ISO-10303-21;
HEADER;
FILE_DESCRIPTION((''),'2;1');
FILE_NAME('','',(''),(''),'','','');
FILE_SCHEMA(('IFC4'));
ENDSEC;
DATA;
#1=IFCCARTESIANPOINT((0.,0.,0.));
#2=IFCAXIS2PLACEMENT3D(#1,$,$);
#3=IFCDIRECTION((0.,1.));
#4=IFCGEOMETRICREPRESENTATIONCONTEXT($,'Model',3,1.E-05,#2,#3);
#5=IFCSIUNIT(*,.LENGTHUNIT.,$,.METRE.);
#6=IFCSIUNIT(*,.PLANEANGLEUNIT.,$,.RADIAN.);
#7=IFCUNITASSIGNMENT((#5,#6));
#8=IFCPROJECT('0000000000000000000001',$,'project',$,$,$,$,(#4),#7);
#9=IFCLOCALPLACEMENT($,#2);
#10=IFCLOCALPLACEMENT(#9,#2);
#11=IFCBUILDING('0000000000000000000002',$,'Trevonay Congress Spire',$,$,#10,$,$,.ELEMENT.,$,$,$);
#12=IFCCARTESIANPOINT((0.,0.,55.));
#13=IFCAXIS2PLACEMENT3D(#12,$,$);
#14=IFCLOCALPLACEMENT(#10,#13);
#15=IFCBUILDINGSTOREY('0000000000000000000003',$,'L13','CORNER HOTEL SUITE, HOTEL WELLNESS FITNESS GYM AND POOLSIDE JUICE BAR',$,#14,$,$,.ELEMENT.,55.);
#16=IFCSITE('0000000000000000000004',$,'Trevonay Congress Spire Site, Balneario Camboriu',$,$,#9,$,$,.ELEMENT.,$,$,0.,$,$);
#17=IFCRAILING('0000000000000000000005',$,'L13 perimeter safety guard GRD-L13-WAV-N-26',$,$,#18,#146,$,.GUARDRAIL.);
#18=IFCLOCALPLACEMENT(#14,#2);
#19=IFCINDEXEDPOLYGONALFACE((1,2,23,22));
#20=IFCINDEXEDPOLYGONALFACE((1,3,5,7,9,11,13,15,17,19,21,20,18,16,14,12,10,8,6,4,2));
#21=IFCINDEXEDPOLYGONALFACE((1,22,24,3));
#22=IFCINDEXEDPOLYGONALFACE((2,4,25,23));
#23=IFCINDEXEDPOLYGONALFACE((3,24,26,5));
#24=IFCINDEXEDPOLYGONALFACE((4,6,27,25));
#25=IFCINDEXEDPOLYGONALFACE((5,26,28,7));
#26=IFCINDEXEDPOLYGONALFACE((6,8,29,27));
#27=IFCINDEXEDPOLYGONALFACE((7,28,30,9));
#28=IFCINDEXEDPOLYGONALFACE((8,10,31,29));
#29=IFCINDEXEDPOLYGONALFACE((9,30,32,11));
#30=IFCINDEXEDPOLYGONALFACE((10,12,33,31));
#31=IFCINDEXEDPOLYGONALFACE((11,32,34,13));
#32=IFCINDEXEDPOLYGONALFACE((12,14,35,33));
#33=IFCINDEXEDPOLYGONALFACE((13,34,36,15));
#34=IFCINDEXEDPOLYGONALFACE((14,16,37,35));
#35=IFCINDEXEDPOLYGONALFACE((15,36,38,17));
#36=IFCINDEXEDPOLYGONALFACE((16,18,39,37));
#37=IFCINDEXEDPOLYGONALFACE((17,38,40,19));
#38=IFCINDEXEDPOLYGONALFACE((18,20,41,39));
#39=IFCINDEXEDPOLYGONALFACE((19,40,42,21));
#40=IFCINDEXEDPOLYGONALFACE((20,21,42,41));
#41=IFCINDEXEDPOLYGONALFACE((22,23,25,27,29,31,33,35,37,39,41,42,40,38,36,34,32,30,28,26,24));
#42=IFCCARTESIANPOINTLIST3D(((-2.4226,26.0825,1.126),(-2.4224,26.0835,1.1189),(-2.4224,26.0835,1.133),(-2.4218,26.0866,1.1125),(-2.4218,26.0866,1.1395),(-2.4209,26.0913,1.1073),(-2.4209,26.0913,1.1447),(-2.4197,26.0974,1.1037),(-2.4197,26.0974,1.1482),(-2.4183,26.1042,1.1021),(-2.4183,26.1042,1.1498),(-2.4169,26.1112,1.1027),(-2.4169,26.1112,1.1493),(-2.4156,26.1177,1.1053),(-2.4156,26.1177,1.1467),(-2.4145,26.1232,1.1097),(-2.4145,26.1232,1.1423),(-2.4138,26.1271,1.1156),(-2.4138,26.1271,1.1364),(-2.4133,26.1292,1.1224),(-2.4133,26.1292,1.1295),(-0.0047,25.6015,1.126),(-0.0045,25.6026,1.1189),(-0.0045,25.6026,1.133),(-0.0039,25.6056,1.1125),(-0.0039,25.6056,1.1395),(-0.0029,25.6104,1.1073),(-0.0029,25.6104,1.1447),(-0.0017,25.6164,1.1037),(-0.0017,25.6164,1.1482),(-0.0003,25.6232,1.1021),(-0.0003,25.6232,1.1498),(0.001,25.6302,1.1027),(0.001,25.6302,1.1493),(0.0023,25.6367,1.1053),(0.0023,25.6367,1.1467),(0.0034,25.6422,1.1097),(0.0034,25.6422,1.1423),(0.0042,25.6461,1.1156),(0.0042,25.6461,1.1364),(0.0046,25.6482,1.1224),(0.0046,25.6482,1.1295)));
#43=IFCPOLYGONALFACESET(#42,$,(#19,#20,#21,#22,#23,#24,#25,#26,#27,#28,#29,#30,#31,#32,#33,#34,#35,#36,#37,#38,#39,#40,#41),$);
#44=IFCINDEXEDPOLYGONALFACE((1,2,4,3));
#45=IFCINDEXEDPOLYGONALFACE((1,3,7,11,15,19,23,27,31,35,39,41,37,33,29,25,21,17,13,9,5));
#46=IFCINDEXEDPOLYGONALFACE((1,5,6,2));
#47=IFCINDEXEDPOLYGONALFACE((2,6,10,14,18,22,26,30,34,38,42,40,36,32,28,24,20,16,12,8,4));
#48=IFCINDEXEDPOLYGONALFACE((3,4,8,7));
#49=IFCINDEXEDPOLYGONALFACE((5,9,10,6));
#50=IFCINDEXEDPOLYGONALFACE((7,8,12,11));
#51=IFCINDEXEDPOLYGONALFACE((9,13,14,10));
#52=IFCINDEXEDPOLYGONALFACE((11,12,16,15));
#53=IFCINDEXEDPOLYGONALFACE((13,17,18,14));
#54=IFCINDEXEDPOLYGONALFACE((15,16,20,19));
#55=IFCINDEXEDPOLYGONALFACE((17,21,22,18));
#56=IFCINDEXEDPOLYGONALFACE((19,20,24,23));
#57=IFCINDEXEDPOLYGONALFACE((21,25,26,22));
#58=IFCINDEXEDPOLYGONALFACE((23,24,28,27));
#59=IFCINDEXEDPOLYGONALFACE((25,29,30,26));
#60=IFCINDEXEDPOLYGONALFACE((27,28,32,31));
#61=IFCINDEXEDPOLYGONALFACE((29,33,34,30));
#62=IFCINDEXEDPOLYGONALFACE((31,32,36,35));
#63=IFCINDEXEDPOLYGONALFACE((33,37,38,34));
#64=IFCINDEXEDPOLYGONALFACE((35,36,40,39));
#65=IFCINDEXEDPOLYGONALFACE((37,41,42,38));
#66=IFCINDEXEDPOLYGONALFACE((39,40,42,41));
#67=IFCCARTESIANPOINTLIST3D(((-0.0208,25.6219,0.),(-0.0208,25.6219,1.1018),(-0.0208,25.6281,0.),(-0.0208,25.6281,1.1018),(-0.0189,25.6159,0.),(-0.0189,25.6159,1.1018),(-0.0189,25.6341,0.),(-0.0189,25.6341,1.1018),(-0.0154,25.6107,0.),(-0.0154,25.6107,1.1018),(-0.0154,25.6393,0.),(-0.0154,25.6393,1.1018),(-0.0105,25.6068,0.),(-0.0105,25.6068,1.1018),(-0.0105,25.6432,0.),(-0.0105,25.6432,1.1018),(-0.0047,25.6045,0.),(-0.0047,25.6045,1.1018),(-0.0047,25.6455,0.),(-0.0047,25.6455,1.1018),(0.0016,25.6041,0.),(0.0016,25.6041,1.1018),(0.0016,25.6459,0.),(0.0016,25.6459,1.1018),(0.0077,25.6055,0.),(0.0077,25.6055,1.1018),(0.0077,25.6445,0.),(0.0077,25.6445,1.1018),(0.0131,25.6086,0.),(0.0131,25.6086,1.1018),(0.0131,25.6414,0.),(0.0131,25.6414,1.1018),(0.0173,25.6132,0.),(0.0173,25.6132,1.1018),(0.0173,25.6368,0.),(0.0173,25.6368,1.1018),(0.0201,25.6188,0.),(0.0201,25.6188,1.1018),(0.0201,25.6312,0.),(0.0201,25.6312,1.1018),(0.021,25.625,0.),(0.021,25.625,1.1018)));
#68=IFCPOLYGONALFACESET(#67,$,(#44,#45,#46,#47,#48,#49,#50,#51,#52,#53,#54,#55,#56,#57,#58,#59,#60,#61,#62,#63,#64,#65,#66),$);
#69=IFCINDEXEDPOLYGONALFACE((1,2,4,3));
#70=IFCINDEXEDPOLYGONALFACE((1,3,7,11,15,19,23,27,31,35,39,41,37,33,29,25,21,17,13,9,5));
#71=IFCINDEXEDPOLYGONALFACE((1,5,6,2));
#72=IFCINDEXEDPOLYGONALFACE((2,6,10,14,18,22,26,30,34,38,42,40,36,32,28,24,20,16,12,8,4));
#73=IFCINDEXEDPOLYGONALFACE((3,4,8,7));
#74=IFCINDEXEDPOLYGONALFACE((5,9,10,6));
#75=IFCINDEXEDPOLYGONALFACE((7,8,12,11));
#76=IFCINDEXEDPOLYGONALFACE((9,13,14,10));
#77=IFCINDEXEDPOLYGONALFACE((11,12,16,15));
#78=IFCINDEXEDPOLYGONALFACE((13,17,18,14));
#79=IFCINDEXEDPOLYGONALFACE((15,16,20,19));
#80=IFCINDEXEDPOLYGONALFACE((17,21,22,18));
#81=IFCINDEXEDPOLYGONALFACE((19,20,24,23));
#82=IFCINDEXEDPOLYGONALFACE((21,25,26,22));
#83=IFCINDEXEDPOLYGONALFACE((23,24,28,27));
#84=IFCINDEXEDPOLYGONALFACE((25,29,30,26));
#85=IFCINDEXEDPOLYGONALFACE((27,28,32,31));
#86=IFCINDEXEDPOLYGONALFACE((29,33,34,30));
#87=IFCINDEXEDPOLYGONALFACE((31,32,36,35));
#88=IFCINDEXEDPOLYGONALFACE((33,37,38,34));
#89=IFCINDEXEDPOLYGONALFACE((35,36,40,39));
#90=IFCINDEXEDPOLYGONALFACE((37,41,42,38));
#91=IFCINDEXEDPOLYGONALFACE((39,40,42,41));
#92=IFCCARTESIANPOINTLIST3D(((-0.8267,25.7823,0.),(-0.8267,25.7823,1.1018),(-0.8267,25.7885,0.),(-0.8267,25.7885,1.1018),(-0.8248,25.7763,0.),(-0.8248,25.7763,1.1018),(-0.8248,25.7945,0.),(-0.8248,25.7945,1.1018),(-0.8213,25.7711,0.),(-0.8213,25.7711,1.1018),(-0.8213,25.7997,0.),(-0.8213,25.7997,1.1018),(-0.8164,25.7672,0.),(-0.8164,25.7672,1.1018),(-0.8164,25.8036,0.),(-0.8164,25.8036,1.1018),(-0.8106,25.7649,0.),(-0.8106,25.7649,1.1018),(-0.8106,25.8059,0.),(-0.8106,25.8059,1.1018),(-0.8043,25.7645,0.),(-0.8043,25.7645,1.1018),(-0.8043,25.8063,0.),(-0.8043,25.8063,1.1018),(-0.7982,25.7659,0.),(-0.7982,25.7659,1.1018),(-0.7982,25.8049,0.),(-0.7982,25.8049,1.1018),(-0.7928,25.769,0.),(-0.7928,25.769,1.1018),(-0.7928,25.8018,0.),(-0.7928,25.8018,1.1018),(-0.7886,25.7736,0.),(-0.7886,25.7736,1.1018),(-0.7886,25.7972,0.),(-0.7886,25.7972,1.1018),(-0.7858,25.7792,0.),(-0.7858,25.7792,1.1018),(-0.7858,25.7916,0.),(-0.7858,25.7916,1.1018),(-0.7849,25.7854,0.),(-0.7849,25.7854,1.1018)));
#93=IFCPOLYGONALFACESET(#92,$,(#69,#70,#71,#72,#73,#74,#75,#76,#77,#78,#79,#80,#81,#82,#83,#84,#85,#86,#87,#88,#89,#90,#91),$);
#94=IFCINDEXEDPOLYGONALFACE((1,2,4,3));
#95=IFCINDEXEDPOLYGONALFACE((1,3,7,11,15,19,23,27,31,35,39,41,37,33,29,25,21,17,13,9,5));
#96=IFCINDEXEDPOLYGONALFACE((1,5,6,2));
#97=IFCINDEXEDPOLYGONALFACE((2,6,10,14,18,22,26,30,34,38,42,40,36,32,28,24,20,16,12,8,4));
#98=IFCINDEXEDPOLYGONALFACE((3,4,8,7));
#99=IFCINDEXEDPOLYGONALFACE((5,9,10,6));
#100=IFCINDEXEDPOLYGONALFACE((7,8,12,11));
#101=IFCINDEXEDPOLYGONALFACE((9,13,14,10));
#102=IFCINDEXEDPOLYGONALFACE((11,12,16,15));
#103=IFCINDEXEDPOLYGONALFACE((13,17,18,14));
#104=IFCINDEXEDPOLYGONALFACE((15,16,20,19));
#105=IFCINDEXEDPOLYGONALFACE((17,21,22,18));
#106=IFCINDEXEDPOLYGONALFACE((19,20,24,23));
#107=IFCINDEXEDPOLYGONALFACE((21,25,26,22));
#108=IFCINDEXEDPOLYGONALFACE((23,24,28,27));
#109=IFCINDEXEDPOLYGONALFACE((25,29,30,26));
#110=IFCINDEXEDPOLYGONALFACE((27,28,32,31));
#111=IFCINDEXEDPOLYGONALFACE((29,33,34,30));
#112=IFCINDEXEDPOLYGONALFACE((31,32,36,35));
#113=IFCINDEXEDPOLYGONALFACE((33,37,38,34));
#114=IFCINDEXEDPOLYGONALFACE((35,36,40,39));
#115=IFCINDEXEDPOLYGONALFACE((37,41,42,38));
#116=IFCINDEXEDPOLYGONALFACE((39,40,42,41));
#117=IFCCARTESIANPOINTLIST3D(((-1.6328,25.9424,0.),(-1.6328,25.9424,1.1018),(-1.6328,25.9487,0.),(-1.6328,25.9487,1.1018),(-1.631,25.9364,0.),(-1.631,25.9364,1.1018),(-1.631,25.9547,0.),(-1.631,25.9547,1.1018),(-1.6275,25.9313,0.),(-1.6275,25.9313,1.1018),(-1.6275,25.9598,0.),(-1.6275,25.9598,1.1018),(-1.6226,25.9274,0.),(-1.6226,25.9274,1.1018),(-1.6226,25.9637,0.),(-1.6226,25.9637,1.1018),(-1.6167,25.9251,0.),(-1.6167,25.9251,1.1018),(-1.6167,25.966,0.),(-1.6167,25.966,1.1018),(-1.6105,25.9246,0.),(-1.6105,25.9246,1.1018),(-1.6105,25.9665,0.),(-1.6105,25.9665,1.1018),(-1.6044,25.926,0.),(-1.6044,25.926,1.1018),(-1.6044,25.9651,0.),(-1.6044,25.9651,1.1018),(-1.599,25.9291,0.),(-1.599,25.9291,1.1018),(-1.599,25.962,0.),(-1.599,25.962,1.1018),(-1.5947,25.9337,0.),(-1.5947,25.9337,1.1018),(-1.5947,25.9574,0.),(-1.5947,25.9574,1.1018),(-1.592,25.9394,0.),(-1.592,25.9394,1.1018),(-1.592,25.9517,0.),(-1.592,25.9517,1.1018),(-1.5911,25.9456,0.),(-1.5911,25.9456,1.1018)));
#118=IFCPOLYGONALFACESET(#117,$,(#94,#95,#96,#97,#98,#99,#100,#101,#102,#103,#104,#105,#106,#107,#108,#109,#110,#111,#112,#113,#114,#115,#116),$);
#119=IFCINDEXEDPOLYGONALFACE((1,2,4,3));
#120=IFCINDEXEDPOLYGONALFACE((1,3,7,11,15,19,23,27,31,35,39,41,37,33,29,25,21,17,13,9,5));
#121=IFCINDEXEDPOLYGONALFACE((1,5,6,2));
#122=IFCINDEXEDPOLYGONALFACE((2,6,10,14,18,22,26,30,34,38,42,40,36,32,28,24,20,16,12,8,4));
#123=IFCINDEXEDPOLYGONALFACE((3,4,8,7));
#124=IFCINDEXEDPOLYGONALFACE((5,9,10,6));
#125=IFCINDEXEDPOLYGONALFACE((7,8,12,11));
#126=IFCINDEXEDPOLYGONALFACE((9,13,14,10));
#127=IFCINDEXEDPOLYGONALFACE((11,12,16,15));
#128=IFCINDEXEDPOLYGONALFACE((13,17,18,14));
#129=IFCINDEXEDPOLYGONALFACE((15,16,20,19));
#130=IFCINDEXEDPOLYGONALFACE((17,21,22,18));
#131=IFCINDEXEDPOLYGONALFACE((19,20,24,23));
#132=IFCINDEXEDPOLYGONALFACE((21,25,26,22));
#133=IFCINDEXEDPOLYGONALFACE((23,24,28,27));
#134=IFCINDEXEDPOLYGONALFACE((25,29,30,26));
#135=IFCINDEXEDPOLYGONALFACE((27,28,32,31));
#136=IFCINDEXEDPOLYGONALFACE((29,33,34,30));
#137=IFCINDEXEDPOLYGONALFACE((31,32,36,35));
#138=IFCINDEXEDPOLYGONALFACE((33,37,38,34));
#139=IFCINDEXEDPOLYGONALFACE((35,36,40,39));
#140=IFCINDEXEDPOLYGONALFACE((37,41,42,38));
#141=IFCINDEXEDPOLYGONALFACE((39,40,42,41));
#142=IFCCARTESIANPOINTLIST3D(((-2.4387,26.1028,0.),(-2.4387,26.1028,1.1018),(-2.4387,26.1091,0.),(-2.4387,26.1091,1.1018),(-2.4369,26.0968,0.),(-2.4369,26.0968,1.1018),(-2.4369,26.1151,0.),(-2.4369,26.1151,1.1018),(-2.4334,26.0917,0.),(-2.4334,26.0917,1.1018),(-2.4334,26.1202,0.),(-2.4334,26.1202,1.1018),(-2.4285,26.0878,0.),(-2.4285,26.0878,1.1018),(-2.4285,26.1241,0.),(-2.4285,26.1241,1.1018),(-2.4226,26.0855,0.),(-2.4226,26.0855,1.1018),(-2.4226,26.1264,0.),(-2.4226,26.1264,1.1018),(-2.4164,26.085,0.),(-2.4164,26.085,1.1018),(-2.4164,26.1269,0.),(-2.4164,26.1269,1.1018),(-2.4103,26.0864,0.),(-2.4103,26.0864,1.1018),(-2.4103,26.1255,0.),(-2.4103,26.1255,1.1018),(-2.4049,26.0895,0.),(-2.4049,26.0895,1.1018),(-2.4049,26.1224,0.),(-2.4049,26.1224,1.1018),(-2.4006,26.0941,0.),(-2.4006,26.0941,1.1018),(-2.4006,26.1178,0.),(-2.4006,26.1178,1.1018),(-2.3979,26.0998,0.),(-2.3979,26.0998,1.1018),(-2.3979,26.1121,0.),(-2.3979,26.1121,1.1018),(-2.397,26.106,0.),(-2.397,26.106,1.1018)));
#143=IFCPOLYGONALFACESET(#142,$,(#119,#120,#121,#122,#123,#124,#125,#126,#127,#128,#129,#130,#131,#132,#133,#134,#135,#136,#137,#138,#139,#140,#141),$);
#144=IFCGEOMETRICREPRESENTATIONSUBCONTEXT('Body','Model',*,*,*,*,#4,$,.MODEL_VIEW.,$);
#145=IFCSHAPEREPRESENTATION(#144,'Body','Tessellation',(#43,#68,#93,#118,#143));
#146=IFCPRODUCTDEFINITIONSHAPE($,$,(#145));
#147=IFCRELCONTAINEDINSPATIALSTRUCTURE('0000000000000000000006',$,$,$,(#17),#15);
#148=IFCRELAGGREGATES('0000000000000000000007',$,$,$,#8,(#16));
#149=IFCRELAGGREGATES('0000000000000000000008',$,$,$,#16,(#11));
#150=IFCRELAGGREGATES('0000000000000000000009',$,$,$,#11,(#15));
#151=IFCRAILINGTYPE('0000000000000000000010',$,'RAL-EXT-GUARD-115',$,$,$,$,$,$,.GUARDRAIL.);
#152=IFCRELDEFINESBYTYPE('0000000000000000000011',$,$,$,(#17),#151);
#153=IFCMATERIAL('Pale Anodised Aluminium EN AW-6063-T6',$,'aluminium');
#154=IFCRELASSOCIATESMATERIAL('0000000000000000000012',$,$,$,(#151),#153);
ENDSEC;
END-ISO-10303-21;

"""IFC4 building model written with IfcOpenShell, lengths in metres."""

from ifc_helpers import new_model, si_unit, direction, frame, origin, origin_2d, place, context, subcontext, project, spatial, circle, extrude, material, type_object, element, save


model = new_model("IFC4")

# Units and contexts
model_context = context("Model", 3, precision=1e-05, world=origin(), true_north=direction((0.0, 1.0)))
body_context = subcontext(model_context, "Body", "Model", "MODEL_VIEW")
ifc_project = project(units=[si_unit("LENGTHUNIT", "METRE"), si_unit("PLANEANGLEUNIT", "RADIAN")], contexts=[model_context])

# Site, building, storey
site_placement = place(None, origin())
site = spatial("IfcSite", under=ifc_project, at=site_placement, Name="Trevonay Congress Spire Site, Balneario Camboriu", CompositionType="ELEMENT", RefElevation=0.0)
building_placement = place(site_placement, origin())
building = spatial("IfcBuilding", under=site, at=building_placement, Name="Trevonay Congress Spire", CompositionType="ELEMENT")
storey_placement = place(building_placement, frame((0.0, 0.0, 55.0)))
storey = spatial("IfcBuildingStorey", under=building, at=storey_placement, Name="L13", Description="CORNER HOTEL SUITE, HOTEL WELLNESS FITNESS GYM AND POOLSIDE JUICE BAR", CompositionType="ELEMENT", Elevation=55.0)

# Shared definitions
ifc_material_1 = material(Name="Pale Anodised Aluminium EN AW-6063-T6", Category="aluminium")

# Railing
railing_type = type_object("IfcRailingType", Name="RAL-EXT-GUARD-115", PredefinedType="GUARDRAIL", material=ifc_material_1)
railing_1_placement = place(storey_placement, frame((0.0, 25.625, 0.0)))
element("IfcRailing", 1, at=railing_1_placement, inside=storey, type_object=railing_type, Name="L13 perimeter safety guard GRD-L13-WAV-N-26", PredefinedType="GUARDRAIL", context=body_context, shape_type="SweptSolid", body=[
    extrude(circle(Radius=0.0239, at=origin_2d()), frame((0.0, 0.0, 1.126), z_axis=(-0.980786, 0.195088, 0.0), x_axis=(-0.195088, -0.980786, 0.0)), (0.0, 0.0, 1.0), 2.4653),
    extrude(circle(Radius=0.021, at=origin_2d()), origin(), (0.0, 0.0, 1.0), 1.1018),
    extrude(circle(Radius=0.021, at=origin_2d()), frame((-0.8059, 0.1604, 0.0)), (0.0, 0.0, 1.0), 1.1018),
    extrude(circle(Radius=0.021, at=origin_2d()), frame((-1.6121, 0.3206, 0.0)), (0.0, 0.0, 1.0), 1.1018),
    extrude(circle(Radius=0.021, at=origin_2d()), frame((-2.418, 0.481, 0.0)), (0.0, 0.0, 1.0), 1.1018),
])

save(model, "model.ifc")
